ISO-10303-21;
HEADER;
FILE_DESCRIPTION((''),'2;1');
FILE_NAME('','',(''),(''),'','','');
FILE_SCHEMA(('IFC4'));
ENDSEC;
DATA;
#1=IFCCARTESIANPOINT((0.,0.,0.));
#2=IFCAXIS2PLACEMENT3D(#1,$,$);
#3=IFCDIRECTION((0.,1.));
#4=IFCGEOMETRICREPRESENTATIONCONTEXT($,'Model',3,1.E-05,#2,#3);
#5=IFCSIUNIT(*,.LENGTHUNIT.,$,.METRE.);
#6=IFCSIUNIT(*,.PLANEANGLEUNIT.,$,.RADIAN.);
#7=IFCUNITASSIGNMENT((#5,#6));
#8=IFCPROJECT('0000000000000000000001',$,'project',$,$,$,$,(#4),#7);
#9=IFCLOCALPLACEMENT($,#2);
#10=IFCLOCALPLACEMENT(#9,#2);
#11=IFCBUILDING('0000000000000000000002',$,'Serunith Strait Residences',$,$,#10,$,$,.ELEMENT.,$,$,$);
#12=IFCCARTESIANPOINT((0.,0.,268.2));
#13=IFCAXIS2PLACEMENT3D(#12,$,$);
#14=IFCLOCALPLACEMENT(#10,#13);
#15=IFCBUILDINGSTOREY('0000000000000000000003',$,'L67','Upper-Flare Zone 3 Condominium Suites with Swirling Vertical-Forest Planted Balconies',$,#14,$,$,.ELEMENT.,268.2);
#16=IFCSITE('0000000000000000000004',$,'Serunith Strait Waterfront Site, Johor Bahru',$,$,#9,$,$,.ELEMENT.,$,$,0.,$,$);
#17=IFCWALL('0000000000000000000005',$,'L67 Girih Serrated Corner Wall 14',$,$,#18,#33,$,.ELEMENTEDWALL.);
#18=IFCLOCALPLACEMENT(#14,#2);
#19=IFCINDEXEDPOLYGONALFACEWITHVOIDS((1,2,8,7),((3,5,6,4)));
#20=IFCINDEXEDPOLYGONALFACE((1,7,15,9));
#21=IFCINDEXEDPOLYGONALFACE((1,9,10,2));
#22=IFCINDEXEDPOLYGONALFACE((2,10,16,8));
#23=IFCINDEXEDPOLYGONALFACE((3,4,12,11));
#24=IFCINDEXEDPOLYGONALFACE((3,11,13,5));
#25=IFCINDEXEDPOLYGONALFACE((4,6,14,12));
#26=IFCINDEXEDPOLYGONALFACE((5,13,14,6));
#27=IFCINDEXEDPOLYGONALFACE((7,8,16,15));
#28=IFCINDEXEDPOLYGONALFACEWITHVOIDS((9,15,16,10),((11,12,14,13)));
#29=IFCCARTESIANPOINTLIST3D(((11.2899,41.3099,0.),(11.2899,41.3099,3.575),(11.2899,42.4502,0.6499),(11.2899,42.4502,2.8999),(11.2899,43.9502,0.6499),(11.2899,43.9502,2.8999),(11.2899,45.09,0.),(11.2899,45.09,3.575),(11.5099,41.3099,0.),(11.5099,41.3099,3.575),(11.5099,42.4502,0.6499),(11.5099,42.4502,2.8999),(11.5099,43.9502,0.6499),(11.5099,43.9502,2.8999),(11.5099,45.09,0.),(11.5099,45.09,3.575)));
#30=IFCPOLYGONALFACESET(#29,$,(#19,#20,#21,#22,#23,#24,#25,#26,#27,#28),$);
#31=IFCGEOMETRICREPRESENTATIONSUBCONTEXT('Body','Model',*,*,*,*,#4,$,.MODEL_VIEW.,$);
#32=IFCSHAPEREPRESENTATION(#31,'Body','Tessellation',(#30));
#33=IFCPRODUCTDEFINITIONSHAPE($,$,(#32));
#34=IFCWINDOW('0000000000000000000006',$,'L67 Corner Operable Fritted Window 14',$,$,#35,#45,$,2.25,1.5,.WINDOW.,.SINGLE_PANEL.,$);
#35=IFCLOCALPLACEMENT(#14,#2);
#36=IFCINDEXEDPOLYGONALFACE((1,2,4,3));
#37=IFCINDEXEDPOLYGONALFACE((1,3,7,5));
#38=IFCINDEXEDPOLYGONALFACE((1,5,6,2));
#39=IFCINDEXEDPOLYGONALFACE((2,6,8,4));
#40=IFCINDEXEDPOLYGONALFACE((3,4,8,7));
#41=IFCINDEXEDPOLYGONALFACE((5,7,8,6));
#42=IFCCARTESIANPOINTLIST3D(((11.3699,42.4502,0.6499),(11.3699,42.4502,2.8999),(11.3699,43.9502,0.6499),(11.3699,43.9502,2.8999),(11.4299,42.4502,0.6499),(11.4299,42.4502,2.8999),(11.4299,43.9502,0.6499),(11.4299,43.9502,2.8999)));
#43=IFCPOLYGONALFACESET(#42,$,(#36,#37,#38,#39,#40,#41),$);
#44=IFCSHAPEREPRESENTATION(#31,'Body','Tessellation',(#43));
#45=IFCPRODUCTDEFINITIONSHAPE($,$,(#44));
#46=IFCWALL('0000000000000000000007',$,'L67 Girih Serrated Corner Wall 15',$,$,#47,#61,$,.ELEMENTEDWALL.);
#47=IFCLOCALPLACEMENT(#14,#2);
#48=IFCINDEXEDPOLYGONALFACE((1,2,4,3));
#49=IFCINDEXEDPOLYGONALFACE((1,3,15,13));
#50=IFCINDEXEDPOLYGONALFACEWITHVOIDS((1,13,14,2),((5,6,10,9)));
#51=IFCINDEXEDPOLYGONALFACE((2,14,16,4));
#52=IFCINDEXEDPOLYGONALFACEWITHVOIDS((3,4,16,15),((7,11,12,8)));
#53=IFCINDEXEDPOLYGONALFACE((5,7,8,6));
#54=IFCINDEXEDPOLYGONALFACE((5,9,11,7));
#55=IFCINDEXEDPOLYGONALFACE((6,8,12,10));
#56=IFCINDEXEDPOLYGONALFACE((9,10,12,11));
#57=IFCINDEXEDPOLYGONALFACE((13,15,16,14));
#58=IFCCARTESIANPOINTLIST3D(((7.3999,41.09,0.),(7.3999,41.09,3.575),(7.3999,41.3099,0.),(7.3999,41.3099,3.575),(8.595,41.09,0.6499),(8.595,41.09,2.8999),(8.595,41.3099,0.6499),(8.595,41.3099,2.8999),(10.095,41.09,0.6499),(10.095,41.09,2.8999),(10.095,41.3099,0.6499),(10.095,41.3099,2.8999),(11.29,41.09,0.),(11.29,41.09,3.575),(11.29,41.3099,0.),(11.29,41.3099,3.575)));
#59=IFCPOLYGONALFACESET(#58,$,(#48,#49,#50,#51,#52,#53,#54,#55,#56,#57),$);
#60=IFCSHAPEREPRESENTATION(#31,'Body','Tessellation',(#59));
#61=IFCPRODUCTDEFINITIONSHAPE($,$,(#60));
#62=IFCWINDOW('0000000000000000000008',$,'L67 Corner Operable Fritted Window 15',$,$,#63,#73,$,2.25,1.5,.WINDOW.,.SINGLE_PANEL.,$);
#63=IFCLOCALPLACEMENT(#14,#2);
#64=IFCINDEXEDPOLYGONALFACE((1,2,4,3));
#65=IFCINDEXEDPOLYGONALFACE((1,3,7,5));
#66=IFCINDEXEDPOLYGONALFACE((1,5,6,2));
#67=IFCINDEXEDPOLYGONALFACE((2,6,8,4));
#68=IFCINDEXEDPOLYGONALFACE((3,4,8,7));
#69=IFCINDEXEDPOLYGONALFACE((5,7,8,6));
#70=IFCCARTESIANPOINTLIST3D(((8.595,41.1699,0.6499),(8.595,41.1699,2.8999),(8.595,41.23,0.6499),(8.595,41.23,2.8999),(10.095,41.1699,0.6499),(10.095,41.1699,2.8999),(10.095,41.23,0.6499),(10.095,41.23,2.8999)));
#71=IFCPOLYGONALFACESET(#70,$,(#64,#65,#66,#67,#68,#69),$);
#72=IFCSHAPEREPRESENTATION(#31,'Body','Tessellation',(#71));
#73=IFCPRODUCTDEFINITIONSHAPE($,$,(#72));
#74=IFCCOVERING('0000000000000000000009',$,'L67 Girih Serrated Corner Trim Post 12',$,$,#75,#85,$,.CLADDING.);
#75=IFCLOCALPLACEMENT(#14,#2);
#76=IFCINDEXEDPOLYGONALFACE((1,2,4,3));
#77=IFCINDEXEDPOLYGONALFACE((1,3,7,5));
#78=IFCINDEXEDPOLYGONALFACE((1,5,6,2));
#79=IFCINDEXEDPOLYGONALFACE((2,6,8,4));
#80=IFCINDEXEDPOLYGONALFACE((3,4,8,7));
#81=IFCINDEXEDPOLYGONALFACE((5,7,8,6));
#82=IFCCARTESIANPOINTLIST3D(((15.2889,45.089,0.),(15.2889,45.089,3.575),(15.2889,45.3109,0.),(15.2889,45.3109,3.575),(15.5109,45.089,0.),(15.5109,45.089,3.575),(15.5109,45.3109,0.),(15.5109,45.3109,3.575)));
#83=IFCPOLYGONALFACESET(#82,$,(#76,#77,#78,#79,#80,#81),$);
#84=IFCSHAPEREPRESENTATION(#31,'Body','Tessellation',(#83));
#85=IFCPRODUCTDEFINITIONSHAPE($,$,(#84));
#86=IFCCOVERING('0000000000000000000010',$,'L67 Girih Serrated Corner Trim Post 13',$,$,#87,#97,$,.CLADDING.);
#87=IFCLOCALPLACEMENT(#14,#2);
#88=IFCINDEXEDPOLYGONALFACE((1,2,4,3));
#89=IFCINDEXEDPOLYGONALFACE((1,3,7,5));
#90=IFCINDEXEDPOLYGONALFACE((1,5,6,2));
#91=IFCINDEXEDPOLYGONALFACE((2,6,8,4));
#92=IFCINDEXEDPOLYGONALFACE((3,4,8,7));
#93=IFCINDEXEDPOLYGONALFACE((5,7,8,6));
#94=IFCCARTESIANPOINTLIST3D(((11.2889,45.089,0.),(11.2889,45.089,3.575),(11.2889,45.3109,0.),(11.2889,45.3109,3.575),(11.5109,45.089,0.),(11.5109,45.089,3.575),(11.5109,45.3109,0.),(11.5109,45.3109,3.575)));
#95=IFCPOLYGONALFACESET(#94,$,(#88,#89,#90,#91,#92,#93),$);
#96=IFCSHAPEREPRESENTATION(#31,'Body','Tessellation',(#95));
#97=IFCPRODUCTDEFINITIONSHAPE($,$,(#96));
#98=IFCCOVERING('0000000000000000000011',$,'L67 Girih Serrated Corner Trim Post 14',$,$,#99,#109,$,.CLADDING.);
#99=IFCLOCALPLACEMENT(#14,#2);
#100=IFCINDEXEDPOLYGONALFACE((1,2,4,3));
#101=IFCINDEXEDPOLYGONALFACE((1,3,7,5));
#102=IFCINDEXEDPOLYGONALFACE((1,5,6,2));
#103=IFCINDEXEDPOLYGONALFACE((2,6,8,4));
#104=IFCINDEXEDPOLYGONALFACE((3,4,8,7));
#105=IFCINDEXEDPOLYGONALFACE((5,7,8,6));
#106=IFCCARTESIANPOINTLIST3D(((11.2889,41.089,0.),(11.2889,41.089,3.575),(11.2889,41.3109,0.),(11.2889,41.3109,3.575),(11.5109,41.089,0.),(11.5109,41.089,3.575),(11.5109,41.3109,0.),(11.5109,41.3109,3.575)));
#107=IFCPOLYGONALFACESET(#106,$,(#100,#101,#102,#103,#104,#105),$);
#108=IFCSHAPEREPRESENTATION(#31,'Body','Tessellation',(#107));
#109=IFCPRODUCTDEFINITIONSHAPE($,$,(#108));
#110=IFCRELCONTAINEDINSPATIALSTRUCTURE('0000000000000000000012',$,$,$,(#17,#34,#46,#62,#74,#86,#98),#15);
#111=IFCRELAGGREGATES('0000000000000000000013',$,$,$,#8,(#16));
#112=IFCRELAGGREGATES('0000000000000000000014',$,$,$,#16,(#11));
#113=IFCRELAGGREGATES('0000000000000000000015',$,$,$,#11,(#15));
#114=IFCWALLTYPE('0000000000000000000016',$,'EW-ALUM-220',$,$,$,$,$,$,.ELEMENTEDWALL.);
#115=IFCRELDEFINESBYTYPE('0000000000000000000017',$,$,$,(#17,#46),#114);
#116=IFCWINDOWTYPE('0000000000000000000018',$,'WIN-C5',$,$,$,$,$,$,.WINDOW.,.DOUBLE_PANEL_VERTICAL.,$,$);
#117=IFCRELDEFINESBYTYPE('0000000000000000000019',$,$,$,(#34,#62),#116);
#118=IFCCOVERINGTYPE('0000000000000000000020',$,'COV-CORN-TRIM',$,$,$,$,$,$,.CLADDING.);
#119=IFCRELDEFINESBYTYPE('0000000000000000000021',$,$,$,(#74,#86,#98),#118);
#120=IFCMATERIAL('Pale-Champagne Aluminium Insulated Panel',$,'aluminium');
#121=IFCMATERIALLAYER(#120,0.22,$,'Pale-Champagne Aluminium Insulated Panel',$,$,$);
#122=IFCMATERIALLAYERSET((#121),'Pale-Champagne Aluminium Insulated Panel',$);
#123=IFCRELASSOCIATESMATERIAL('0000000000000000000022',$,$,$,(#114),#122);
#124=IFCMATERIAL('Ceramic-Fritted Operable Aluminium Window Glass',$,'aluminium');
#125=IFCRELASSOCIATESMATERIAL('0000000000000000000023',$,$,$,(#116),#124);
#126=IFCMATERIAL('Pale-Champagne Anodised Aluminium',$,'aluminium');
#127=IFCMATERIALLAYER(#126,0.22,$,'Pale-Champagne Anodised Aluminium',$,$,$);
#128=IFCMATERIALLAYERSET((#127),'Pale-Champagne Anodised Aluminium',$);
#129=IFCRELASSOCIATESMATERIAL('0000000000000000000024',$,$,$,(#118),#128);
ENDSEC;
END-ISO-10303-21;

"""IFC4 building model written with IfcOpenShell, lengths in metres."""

from ifc_helpers import new_model, si_unit, direction, frame, frame_2d, origin, origin_2d, place, context, subcontext, project, spatial, rectangle, extrude, source, transform, mapped, material, layer, layer_set, type_object, element, fill, save


model = new_model("IFC4")

# Units and contexts
model_context = context("Model", 3, precision=1e-05, world=origin(), true_north=direction((0.0, 1.0)))
body_context = subcontext(model_context, "Body", "Model", "MODEL_VIEW")
ifc_project = project(units=[si_unit("LENGTHUNIT", "METRE"), si_unit("PLANEANGLEUNIT", "RADIAN")], contexts=[model_context])

# Site, building, storey
site_placement = place(None, origin())
site = spatial("IfcSite", under=ifc_project, at=site_placement, Name="Serunith Strait Waterfront Site, Johor Bahru", CompositionType="ELEMENT", RefElevation=0.0)
building_placement = place(site_placement, origin())
building = spatial("IfcBuilding", under=site, at=building_placement, Name="Serunith Strait Residences", CompositionType="ELEMENT")
storey_placement = place(building_placement, frame((0.0, 0.0, 268.2)))
storey = spatial("IfcBuildingStorey", under=building, at=storey_placement, Name="L67", Description="Upper-Flare Zone 3 Condominium Suites with Swirling Vertical-Forest Planted Balconies", CompositionType="ELEMENT", Elevation=268.2)

# Shared definitions
ifc_material_1 = material(Name="Pale-Champagne Anodised Aluminium", Category="aluminium")

# Walls, openings, windows
ifc_material_2 = material(Name="Pale-Champagne Aluminium Insulated Panel", Category="aluminium")
ifc_layer_1 = layer(ifc_material_2, 0.22, Name="Pale-Champagne Aluminium Insulated Panel")
ifc_layer_set_1 = layer_set([ifc_layer_1], Name="Pale-Champagne Aluminium Insulated Panel")
wall_type = type_object("IfcWallType", Name="EW-ALUM-220", PredefinedType="ELEMENTEDWALL", material=ifc_layer_set_1)
ifc_material_3 = material(Name="Ceramic-Fritted Operable Aluminium Window Glass", Category="aluminium")
window_type = type_object("IfcWindowType", Name="WIN-C5", PartitioningType="DOUBLE_PANEL_VERTICAL", PredefinedType="WINDOW", material=ifc_material_3)
shared_shape_1 = source(origin(), body_context, "Body", "SweptSolid", [
    extrude(rectangle(XDim=1.5, YDim=2.25, at=frame_2d((0.75, 1.125))), frame((0.0, 0.03, 0.0), z_axis=(0.0, -1.0, 0.0), x_axis=(1.0, 0.0, 0.0)), (0.0, 0.0, 1.0), 0.0601),
])
wall_1_placement = place(storey_placement, frame((11.3999, 45.0901, 0.0), z_axis=(0.0, 0.0, 1.0), x_axis=(0.0, -1.0, 0.0)))
wall_1 = element("IfcWall", 1, at=wall_1_placement, inside=storey, type_object=wall_type, Name="L67 Girih Serrated Corner Wall 14", PredefinedType="ELEMENTEDWALL", context=body_context, shape_type="SweptSolid", body=[
    extrude(rectangle(XDim=3.78, YDim=0.22, at=frame_2d((1.8901, 0.0))), origin(), (0.0, 0.0, 1.0), 3.575),
])
opening_1_placement = place(wall_1_placement, frame((1.1399, 0.0, 0.6499)))
opening_1 = element("IfcOpeningElement", 2, at=opening_1_placement, cuts=wall_1, PredefinedType="OPENING", context=body_context, shape_type="SweptSolid", body=[
    extrude(rectangle(XDim=1.5, YDim=2.25, at=frame_2d((0.75, 1.125))), frame((0.0, 0.1201, 0.0), z_axis=(0.0, -1.0, 0.0), x_axis=(1.0, 0.0, 0.0)), (0.0, 0.0, 1.0), 0.24),
])
window_1_placement = place(opening_1_placement, origin())
window_1 = element("IfcWindow", 3, at=window_1_placement, inside=storey, type_object=window_type, Name="L67 Corner Operable Fritted Window 14", OverallHeight=2.25, OverallWidth=1.5, PartitioningType="SINGLE_PANEL", PredefinedType="WINDOW", context=body_context, shape_type="MappedRepresentation", body=[
    mapped(shared_shape_1, transform((0.0, 0.0, 0.0), scale=1.0)),
])
fill(opening_1, window_1)
wall_2_placement = place(storey_placement, frame((11.29, 41.2, 0.0), z_axis=(0.0, 0.0, 1.0), x_axis=(-1.0, 0.0, 0.0)))
wall_2 = element("IfcWall", 4, at=wall_2_placement, inside=storey, type_object=wall_type, Name="L67 Girih Serrated Corner Wall 15", PredefinedType="ELEMENTEDWALL", context=body_context, shape_type="SweptSolid", body=[
    extrude(rectangle(XDim=3.8901, YDim=0.22, at=frame_2d((1.9451, 0.0))), origin(), (0.0, 0.0, 1.0), 3.575),
])
opening_2_placement = place(wall_2_placement, frame((1.1951, 0.0, 0.6499)))
opening_2 = element("IfcOpeningElement", 5, at=opening_2_placement, cuts=wall_2, PredefinedType="OPENING", context=body_context, shape_type="SweptSolid", body=[
    extrude(rectangle(XDim=1.5, YDim=2.25, at=frame_2d((0.75, 1.125))), frame((0.0, 0.1201, 0.0), z_axis=(0.0, -1.0, 0.0), x_axis=(1.0, 0.0, 0.0)), (0.0, 0.0, 1.0), 0.24),
])
window_2_placement = place(opening_2_placement, origin())
window_2 = element("IfcWindow", 6, at=window_2_placement, inside=storey, type_object=window_type, Name="L67 Corner Operable Fritted Window 15", OverallHeight=2.25, OverallWidth=1.5, PartitioningType="SINGLE_PANEL", PredefinedType="WINDOW", context=body_context, shape_type="MappedRepresentation", body=[
    mapped(shared_shape_1, transform((0.0, 0.0, 0.0), scale=1.0)),
])
fill(opening_2, window_2)

# Coverings
ifc_layer_2 = layer(ifc_material_1, 0.22, Name="Pale-Champagne Anodised Aluminium")
ifc_layer_set_2 = layer_set([ifc_layer_2], Name="Pale-Champagne Anodised Aluminium")
covering_type = type_object("IfcCoveringType", Name="COV-CORN-TRIM", PredefinedType="CLADDING", material=ifc_layer_set_2)
shared_shape_2 = source(origin(), body_context, "Body", "SweptSolid", [
    extrude(rectangle(XDim=0.2219, YDim=0.2219, at=origin_2d()), origin(), (0.0, 0.0, 1.0), 3.575),
])
for number, where, z_axis, x_axis, name in (
    (7, (15.3999, 45.2, 0.0), (0.0, 0.0, 1.0), (1.0, 0.0, 0.0), "L67 Girih Serrated Corner Trim Post 12"),
    (8, (11.3999, 45.2, 0.0), (0.0, 0.0, 1.0), (1.0, 0.0, 0.0), "L67 Girih Serrated Corner Trim Post 13"),
    (9, (11.3999, 41.2, 0.0), (0.0, 0.0, 1.0), (1.0, 0.0, 0.0), "L67 Girih Serrated Corner Trim Post 14"),
):
    element("IfcCovering", number, at=place(storey_placement, frame(where, z_axis=z_axis, x_axis=x_axis)), inside=storey, type_object=covering_type, Name=name, PredefinedType="CLADDING", context=body_context, shape_type="MappedRepresentation", body=[
        mapped(shared_shape_2, transform((0.0, 0.0, 0.0), scale=1.0)),
    ])

save(model, "model.ifc")
